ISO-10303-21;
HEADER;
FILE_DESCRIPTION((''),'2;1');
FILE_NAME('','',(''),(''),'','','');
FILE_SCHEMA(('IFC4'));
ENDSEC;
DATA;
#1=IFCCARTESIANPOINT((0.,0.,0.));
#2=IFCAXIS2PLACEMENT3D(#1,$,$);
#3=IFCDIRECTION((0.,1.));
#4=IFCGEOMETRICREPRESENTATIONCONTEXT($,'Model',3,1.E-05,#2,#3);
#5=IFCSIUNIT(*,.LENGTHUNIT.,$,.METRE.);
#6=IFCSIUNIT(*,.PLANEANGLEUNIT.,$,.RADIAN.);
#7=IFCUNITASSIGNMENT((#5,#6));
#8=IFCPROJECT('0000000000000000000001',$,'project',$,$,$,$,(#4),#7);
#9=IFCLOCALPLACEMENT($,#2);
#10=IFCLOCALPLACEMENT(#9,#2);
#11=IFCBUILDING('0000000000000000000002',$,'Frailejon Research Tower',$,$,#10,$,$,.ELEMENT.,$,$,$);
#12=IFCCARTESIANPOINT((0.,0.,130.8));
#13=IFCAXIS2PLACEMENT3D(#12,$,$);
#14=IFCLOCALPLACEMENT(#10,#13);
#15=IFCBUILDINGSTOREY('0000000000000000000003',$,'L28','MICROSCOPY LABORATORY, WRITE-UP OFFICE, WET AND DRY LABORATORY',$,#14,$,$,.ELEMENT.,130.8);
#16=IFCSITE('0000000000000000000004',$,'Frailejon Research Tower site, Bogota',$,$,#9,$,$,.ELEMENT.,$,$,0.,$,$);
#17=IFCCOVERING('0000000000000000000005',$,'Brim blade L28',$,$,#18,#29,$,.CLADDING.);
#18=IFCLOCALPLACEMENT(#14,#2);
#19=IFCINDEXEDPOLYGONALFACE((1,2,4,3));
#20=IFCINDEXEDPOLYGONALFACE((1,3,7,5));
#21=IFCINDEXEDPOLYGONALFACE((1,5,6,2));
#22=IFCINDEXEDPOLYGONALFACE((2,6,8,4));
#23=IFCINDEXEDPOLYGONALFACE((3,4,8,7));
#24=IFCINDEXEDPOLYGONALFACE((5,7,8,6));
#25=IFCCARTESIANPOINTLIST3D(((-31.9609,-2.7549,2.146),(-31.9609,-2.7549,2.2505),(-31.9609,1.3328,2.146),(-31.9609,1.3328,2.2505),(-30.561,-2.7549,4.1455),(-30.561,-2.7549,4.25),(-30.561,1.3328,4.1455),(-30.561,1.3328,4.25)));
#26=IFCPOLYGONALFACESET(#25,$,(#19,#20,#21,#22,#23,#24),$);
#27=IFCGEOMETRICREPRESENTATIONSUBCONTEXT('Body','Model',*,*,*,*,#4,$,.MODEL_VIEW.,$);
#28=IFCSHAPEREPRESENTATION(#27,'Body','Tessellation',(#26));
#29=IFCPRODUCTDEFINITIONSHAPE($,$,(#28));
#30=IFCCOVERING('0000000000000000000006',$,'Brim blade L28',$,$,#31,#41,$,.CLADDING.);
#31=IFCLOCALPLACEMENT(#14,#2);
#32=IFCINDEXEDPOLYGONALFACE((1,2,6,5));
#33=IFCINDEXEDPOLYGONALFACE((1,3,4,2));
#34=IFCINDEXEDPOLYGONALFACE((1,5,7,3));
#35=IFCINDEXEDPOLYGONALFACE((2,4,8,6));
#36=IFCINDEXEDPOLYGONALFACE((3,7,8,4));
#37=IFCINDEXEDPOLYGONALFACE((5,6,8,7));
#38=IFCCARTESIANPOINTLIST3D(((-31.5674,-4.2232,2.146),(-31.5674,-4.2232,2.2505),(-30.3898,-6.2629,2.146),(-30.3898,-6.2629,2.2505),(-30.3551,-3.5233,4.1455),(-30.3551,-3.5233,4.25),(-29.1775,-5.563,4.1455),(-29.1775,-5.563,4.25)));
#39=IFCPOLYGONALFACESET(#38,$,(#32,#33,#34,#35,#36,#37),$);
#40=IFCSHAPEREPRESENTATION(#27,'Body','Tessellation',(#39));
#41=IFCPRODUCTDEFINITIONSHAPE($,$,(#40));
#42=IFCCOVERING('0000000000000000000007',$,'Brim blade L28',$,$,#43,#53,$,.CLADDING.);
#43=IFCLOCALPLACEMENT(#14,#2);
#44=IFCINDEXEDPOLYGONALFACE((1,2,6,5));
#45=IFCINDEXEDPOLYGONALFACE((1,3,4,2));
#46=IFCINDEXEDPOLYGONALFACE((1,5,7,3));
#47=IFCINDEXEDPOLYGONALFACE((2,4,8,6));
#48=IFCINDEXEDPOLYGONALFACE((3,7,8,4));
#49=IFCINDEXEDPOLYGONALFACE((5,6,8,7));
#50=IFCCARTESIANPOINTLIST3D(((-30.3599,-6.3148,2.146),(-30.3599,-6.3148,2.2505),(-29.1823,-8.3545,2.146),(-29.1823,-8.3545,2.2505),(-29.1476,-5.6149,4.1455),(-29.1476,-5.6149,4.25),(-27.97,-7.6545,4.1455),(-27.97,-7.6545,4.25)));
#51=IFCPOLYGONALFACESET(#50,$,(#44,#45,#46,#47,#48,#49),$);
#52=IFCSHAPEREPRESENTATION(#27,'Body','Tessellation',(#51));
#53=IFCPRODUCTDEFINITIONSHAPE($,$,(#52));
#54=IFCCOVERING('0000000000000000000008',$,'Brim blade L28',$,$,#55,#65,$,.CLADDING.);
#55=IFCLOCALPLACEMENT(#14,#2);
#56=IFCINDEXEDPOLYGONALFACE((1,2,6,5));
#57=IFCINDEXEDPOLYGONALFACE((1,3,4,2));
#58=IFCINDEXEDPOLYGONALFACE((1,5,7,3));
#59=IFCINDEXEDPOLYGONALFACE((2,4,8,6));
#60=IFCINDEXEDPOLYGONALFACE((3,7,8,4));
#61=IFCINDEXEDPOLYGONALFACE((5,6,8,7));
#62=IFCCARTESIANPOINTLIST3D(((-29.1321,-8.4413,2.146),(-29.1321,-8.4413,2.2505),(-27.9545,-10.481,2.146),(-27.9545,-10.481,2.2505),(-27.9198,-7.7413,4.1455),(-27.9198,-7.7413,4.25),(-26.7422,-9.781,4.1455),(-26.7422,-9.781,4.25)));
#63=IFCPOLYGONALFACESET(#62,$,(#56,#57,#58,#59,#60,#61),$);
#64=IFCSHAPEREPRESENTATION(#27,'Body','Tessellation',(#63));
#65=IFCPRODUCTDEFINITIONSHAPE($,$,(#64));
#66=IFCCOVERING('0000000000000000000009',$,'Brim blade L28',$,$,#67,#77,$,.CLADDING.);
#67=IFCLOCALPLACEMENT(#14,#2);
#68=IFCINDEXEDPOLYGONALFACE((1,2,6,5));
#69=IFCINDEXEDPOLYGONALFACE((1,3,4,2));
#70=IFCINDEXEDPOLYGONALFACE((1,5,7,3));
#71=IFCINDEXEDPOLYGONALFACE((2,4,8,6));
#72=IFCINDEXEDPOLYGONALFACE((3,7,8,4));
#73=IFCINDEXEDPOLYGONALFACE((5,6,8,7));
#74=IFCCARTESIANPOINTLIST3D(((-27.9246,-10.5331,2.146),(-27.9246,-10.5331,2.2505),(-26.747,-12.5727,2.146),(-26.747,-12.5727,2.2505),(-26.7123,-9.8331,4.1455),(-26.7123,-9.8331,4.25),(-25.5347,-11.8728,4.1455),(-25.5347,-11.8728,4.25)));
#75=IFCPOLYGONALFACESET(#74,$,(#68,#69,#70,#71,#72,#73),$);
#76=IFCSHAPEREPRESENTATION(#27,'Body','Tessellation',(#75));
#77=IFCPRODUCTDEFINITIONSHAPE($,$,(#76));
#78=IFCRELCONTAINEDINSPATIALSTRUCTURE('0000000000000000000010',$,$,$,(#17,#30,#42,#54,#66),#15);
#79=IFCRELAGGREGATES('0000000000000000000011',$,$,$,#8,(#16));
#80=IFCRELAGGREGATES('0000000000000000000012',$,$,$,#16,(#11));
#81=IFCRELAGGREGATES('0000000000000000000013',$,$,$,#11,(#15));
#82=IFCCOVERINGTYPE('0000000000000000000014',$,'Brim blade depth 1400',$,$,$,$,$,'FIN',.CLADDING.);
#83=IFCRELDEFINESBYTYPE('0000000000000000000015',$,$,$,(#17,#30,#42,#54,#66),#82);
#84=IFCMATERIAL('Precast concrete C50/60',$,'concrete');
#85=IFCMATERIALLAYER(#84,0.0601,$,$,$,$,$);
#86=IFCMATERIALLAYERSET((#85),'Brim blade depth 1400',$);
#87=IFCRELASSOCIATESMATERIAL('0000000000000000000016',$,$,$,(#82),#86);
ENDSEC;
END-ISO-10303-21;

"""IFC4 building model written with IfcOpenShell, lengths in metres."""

from ifc_helpers import new_model, si_unit, direction, frame, origin, place, context, subcontext, project, spatial, polyline, outline, extrude, material, layer, layer_set, type_object, element, save


model = new_model("IFC4")

# Units and contexts
model_context = context("Model", 3, precision=1e-05, world=origin(), true_north=direction((0.0, 1.0)))
body_context = subcontext(model_context, "Body", "Model", "MODEL_VIEW")
ifc_project = project(units=[si_unit("LENGTHUNIT", "METRE"), si_unit("PLANEANGLEUNIT", "RADIAN")], contexts=[model_context])

# Site, building, storey
site_placement = place(None, origin())
site = spatial("IfcSite", under=ifc_project, at=site_placement, Name="Frailejon Research Tower site, Bogota", CompositionType="ELEMENT", RefElevation=0.0)
building_placement = place(site_placement, origin())
building = spatial("IfcBuilding", under=site, at=building_placement, Name="Frailejon Research Tower", CompositionType="ELEMENT")
storey_placement = place(building_placement, frame((0.0, 0.0, 130.8)))
storey = spatial("IfcBuildingStorey", under=building, at=storey_placement, Name="L28", Description="MICROSCOPY LABORATORY, WRITE-UP OFFICE, WET AND DRY LABORATORY", CompositionType="ELEMENT", Elevation=130.8)

# Coverings
ifc_material_1 = material(Name="Precast concrete C50/60", Category="concrete")
ifc_layer_1 = layer(ifc_material_1, 0.0601)
ifc_layer_set_1 = layer_set([ifc_layer_1], Name="Brim blade depth 1400")
covering_type_1 = type_object("IfcCoveringType", Name="Brim blade depth 1400", ElementType="FIN", PredefinedType="CLADDING", material=ifc_layer_set_1)
covering_1_placement = place(storey_placement, frame((-30.561, -2.7549, 4.25), z_axis=(0.0, 1.0, 0.0), x_axis=(-1.0, 0.0, 0.0)))
element("IfcCovering", 1, at=covering_1_placement, inside=storey, type_object=covering_type_1, Name="Brim blade L28", PredefinedType="CLADDING", context=body_context, shape_type="SweptSolid", body=[
    extrude(outline(polyline([(0.0, -0.1045), (1.3999, -2.104), (1.3999, -1.9995), (0.0, 0.0), (0.0, -0.1045)])), origin(), (0.0, 0.0, 1.0), 4.0876),
])
for number, where, z_axis, x_axis, name in (
    (2, (-29.1775, -5.563, 4.25), (-0.499997, 0.866027, 0.0), (-0.866027, -0.499997, 0.0), "Brim blade L28"),
    (3, (-27.97, -7.6545, 4.25), (-0.499997, 0.866027, 0.0), (-0.866027, -0.499997, 0.0), "Brim blade L28"),
    (4, (-26.7422, -9.781, 4.25), (-0.499997, 0.866027, 0.0), (-0.866027, -0.499997, 0.0), "Brim blade L28"),
    (5, (-25.5347, -11.8728, 4.25), (-0.499997, 0.866027, 0.0), (-0.866027, -0.499997, 0.0), "Brim blade L28"),
):
    element("IfcCovering", number, at=place(storey_placement, frame(where, z_axis=z_axis, x_axis=x_axis)), inside=storey, type_object=covering_type_1, Name=name, PredefinedType="CLADDING", context=body_context, shape_type="SweptSolid", body=[
        extrude(outline(polyline([(0.0, -0.1045), (1.3999, -2.104), (1.3999, -1.9995), (0.0, 0.0), (0.0, -0.1045)])), origin(), (0.0, 0.0, 1.0), 2.3552),
    ])

save(model, "model.ifc")
